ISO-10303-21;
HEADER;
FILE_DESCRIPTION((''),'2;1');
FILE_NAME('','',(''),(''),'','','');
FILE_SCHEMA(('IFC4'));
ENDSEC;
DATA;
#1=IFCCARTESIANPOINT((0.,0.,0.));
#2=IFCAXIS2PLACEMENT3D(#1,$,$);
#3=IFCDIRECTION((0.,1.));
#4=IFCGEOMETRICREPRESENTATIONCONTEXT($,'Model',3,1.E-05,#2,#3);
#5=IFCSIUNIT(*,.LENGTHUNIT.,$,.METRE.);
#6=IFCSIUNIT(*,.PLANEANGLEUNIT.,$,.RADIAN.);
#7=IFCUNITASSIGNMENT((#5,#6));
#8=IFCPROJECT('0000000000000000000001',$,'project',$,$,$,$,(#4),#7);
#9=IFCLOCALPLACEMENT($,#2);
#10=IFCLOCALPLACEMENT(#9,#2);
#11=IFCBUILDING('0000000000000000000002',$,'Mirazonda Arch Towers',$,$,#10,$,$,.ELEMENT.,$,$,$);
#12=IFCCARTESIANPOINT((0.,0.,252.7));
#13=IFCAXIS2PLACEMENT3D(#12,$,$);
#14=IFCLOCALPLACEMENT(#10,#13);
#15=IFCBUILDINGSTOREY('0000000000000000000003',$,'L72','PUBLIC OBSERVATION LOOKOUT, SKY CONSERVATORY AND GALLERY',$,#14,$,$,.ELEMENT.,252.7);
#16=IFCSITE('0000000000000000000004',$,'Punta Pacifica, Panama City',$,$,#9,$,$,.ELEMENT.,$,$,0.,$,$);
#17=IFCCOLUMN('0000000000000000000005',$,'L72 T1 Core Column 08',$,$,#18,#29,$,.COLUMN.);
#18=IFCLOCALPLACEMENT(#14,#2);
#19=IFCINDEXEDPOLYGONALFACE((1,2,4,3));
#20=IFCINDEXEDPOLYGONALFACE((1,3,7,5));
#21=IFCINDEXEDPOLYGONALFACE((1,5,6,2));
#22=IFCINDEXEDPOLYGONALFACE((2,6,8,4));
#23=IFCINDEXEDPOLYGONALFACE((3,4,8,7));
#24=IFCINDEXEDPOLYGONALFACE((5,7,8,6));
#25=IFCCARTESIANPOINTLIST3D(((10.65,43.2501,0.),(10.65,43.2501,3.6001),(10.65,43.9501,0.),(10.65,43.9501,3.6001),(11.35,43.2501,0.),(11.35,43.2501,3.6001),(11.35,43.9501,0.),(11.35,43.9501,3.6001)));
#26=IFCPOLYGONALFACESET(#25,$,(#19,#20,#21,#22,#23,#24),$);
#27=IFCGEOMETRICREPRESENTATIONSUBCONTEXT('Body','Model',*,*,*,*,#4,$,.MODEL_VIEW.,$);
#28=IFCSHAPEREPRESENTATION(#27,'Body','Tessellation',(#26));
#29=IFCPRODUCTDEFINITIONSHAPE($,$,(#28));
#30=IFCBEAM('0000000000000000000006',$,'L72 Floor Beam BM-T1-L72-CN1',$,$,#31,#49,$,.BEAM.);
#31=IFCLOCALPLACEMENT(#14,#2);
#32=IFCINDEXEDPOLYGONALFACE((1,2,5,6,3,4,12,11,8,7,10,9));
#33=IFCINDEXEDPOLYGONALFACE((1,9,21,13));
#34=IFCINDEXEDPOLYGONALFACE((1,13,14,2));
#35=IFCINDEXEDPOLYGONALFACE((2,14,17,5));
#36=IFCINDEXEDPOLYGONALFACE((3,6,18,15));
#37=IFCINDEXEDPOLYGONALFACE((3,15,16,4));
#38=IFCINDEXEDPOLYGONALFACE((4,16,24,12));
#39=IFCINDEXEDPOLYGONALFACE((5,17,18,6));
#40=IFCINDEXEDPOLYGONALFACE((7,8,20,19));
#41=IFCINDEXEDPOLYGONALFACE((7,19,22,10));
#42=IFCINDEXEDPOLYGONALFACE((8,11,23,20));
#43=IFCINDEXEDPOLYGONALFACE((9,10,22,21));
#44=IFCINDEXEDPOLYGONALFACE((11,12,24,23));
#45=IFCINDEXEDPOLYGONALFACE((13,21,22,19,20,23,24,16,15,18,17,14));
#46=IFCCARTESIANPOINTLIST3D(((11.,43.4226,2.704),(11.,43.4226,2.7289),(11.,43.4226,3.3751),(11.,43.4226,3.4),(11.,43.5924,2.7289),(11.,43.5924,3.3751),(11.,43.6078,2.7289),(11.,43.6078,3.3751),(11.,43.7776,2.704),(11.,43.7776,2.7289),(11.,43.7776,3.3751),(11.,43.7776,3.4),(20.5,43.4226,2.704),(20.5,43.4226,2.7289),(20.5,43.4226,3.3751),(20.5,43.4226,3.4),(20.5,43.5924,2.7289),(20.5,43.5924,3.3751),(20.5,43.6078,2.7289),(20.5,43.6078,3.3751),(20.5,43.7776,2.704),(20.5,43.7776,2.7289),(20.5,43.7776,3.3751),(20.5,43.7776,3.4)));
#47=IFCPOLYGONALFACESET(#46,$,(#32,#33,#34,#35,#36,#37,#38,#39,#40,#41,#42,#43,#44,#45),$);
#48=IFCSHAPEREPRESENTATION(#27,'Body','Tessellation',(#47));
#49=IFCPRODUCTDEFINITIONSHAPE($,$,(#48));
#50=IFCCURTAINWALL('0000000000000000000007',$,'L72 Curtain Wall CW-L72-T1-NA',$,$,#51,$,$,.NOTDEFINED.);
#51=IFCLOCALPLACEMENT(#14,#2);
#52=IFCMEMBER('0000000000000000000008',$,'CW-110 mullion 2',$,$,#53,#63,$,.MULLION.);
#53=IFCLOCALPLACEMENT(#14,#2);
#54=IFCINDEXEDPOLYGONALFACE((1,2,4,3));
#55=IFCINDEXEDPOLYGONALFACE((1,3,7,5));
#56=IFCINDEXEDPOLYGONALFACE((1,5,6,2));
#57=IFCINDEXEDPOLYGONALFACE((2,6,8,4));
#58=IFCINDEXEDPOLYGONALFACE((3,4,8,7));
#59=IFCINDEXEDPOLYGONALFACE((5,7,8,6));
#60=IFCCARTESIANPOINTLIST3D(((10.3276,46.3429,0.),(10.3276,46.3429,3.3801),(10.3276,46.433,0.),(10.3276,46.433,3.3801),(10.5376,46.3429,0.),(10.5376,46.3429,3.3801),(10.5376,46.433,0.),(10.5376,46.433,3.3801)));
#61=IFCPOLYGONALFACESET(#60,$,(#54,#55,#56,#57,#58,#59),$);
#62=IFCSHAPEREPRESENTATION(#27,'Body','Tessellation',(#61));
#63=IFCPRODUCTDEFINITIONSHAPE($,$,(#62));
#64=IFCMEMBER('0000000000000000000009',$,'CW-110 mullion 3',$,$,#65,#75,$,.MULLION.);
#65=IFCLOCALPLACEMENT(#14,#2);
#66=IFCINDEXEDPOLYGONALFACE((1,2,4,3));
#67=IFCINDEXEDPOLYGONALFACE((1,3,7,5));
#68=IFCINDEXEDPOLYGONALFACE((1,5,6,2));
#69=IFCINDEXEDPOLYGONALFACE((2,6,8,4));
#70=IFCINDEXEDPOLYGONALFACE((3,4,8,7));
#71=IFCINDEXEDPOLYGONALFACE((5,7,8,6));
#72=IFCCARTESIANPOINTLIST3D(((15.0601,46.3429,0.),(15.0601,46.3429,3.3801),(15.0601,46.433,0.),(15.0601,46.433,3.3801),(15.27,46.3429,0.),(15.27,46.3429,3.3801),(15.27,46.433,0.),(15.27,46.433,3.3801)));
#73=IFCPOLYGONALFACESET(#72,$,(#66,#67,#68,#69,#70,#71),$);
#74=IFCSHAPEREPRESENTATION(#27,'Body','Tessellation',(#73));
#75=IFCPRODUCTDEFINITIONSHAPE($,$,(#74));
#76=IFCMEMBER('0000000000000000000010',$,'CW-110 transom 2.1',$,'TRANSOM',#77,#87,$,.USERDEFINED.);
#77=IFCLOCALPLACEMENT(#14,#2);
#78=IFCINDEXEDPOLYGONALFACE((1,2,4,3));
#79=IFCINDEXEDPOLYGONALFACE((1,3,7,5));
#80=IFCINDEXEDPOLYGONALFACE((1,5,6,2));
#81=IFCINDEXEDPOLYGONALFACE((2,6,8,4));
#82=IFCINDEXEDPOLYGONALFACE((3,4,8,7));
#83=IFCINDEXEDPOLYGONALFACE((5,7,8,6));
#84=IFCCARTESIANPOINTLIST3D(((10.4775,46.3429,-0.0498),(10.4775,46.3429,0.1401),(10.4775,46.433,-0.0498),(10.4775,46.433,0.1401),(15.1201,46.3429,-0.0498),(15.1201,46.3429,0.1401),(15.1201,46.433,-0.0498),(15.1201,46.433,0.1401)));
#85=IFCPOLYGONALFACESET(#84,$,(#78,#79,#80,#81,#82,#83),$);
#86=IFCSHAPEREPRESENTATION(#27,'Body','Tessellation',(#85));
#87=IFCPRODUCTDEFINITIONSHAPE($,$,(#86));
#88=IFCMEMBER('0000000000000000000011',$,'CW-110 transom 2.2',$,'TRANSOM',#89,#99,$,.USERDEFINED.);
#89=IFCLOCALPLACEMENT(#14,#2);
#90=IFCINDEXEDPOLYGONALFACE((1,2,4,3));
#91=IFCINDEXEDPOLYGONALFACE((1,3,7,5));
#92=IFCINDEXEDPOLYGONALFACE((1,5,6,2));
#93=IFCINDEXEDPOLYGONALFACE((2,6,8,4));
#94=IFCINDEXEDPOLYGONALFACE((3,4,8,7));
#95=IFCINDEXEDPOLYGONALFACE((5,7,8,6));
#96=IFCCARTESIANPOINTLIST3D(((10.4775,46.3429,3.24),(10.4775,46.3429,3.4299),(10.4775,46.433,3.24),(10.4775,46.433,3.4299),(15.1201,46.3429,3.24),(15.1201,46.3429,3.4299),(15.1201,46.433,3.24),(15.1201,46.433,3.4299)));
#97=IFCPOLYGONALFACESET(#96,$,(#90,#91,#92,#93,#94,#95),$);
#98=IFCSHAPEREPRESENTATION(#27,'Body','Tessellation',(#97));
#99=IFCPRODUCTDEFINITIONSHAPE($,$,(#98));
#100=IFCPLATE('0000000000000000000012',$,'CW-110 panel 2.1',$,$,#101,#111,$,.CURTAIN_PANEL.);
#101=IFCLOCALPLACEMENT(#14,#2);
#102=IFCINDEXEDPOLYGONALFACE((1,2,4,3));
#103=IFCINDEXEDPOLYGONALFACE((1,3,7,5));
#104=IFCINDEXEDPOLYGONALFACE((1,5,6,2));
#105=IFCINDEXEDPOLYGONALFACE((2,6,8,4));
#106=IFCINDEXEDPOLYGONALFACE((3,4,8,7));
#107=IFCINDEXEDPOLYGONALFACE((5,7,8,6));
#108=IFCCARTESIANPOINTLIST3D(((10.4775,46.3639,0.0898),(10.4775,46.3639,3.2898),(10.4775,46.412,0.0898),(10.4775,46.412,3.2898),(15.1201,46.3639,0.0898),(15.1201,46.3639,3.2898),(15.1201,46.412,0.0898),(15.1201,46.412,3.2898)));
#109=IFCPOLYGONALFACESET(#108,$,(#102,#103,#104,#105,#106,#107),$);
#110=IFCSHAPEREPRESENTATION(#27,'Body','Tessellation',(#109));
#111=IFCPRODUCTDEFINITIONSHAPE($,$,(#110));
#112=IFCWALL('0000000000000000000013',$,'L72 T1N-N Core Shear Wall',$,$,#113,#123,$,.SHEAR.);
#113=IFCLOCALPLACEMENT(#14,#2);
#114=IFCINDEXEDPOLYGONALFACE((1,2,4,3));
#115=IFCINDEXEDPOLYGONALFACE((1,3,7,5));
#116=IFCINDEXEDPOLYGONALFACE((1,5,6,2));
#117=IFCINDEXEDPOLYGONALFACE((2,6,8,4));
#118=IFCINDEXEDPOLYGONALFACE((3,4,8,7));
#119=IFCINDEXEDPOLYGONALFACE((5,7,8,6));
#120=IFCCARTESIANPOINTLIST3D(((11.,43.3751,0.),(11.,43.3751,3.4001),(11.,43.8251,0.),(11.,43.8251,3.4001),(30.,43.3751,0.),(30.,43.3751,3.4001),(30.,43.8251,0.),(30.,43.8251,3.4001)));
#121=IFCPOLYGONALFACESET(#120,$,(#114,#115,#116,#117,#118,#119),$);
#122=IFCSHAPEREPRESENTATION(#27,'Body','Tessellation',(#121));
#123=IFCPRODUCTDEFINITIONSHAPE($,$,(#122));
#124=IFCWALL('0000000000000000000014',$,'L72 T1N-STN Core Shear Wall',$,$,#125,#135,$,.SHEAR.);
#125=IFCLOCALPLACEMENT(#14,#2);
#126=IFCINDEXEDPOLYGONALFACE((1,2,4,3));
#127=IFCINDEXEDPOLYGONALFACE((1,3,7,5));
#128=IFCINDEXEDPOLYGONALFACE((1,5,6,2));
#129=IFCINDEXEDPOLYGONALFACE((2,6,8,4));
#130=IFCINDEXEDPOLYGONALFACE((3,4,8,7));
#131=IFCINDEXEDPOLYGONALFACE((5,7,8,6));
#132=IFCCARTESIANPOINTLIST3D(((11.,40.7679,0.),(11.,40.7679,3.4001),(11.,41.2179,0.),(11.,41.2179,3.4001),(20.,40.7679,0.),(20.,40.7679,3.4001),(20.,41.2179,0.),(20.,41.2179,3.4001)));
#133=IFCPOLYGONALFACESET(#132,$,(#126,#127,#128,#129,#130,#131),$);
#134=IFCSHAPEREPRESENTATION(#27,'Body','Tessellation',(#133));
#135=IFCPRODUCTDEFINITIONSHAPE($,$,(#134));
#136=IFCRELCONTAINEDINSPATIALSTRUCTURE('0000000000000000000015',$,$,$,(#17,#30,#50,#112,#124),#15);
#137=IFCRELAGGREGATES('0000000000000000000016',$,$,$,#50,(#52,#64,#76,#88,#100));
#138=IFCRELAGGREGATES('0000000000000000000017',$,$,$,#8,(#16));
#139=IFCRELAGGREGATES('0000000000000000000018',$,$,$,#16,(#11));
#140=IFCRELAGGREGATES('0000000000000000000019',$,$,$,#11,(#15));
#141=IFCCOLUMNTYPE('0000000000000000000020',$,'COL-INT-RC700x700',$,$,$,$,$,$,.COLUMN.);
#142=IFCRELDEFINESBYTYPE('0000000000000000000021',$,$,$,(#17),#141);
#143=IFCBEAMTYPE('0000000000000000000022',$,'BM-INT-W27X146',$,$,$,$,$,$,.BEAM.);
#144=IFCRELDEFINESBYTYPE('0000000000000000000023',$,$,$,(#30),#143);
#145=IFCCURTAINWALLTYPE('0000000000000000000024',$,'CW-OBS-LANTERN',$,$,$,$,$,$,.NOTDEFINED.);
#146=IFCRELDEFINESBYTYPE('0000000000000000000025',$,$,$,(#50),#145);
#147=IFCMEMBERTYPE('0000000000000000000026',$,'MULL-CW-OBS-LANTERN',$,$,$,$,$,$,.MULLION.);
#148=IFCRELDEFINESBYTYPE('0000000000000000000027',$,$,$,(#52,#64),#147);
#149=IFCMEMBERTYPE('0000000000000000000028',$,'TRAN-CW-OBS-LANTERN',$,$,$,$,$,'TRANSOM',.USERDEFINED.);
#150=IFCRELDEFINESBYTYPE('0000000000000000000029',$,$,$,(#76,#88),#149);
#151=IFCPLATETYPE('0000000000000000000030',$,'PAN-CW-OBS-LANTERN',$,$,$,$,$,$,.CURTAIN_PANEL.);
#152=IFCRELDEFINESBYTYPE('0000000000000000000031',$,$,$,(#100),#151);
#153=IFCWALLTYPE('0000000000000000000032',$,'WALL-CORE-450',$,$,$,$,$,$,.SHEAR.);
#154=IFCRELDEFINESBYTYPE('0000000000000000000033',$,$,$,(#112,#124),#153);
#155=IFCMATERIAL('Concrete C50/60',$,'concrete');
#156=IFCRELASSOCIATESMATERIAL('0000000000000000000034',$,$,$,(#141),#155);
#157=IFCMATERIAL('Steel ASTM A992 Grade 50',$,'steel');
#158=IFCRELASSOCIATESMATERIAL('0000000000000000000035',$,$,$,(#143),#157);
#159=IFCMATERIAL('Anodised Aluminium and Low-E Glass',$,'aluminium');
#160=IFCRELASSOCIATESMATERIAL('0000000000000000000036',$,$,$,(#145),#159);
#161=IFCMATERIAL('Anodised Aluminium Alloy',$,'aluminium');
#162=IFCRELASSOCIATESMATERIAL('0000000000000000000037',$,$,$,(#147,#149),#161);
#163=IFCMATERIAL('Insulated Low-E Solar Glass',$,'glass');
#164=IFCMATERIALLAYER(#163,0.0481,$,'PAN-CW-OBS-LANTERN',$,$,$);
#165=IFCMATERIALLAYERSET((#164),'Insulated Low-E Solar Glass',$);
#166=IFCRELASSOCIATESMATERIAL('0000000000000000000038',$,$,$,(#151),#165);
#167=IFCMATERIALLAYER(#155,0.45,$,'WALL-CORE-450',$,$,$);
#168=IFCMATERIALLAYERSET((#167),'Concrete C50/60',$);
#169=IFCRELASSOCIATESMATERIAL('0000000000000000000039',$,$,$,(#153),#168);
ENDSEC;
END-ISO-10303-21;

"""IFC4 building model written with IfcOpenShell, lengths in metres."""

from ifc_helpers import new_model, si_unit, direction, frame, frame_2d, origin, origin_2d, place, context, subcontext, project, spatial, rectangle, i_section, extrude, material, layer, layer_set, material_profile, profile_set, type_object, element, aggregate, save


model = new_model("IFC4")

# Units and contexts
model_context = context("Model", 3, precision=1e-05, world=origin(), true_north=direction((0.0, 1.0)))
body_context = subcontext(model_context, "Body", "Model", "MODEL_VIEW")
ifc_project = project(units=[si_unit("LENGTHUNIT", "METRE"), si_unit("PLANEANGLEUNIT", "RADIAN")], contexts=[model_context])

# Site, building, storey
site_placement = place(None, origin())
site = spatial("IfcSite", under=ifc_project, at=site_placement, Name="Punta Pacifica, Panama City", CompositionType="ELEMENT", RefElevation=0.0)
building_placement = place(site_placement, origin())
building = spatial("IfcBuilding", under=site, at=building_placement, Name="Mirazonda Arch Towers", CompositionType="ELEMENT")
storey_placement = place(building_placement, frame((0.0, 0.0, 252.7)))
storey = spatial("IfcBuildingStorey", under=building, at=storey_placement, Name="L72", Description="PUBLIC OBSERVATION LOOKOUT, SKY CONSERVATORY AND GALLERY", CompositionType="ELEMENT", Elevation=252.7)

# Column
ifc_material_1 = material(Name="Concrete C50/60", Category="concrete")
ifc_material_profile_1 = material_profile(ifc_material_1, rectangle(XDim=0.7, YDim=0.7, at=origin_2d()), Name="RC700x700")
ifc_profile_set_1 = profile_set([ifc_material_profile_1], Name="Concrete C50/60")
column_type = type_object("IfcColumnType", Name="COL-INT-RC700x700", PredefinedType="COLUMN", material=ifc_profile_set_1)
column_placement = place(storey_placement, frame((11.0, 43.6001, 0.0), z_axis=(0.0, 0.0, 1.0), x_axis=(1.0, 0.0, 0.0)))
element("IfcColumn", 1, at=column_placement, inside=storey, type_object=column_type, Name="L72 T1 Core Column 08", PredefinedType="COLUMN", context=body_context, shape_type="SweptSolid", body=[
    extrude(rectangle(XDim=0.7, YDim=0.7, at=origin_2d()), origin(), (0.0, 0.0, 1.0), 3.6001),
])

# Beam
ifc_material_2 = material(Name="Steel ASTM A992 Grade 50", Category="steel")
ifc_material_profile_2 = material_profile(ifc_material_2, i_section(OverallWidth=0.355, OverallDepth=0.696, WebThickness=0.0154, FlangeThickness=0.0249, at=origin_2d()), Name="W27X146")
ifc_profile_set_2 = profile_set([ifc_material_profile_2], Name="Steel ASTM A992 Grade 50")
beam_type = type_object("IfcBeamType", Name="BM-INT-W27X146", PredefinedType="BEAM", material=ifc_profile_set_2)
beam_placement = place(storey_placement, frame((11.0, 43.6001, 3.052), z_axis=(1.0, 0.0, 0.0), x_axis=(0.0, 1.0, 0.0)))
element("IfcBeam", 2, at=beam_placement, inside=storey, type_object=beam_type, Name="L72 Floor Beam BM-T1-L72-CN1", PredefinedType="BEAM", context=body_context, shape_type="SweptSolid", body=[
    extrude(i_section(OverallWidth=0.355, OverallDepth=0.696, WebThickness=0.0154, FlangeThickness=0.0249, at=origin_2d()), origin(), (0.0, 0.0, 1.0), 9.5),
])

# Curtain wall, members, plate
ifc_material_3 = material(Name="Anodised Aluminium and Low-E Glass", Category="aluminium")
curtain_wall_type = type_object("IfcCurtainWallType", Name="CW-OBS-LANTERN", PredefinedType="NOTDEFINED", material=ifc_material_3)
curtain_wall_placement = place(storey_placement, origin())
curtain_wall = element("IfcCurtainWall", 3, at=curtain_wall_placement, inside=storey, type_object=curtain_wall_type, Name="L72 Curtain Wall CW-L72-T1-NA", PredefinedType="NOTDEFINED")
ifc_material_4 = material(Name="Anodised Aluminium Alloy", Category="aluminium")
ifc_material_profile_3 = material_profile(ifc_material_4, rectangle(XDim=0.0901, YDim=0.21, at=origin_2d()), Name="ALU-MULL-90x210")
ifc_profile_set_3 = profile_set([ifc_material_profile_3], Name="Anodised Aluminium Alloy")
member_type_1 = type_object("IfcMemberType", Name="MULL-CW-OBS-LANTERN", PredefinedType="MULLION", material=ifc_profile_set_3)
member_1_placement = place(storey_placement, frame((10.4326, 46.3879, 0.0), z_axis=(0.0, 0.0, 1.0), x_axis=(0.0, 1.0, 0.0)))
member_1 = element("IfcMember", 4, at=member_1_placement, type_object=member_type_1, Name="CW-110 mullion 2", PredefinedType="MULLION", context=body_context, shape_type="SweptSolid", body=[
    extrude(rectangle(XDim=0.0901, YDim=0.21, at=origin_2d()), origin(), (0.0, 0.0, 1.0), 3.3801),
])
member_2_placement = place(storey_placement, frame((15.165, 46.3879, 0.0), z_axis=(0.0, 0.0, 1.0), x_axis=(0.0, 1.0, 0.0)))
member_2 = element("IfcMember", 5, at=member_2_placement, type_object=member_type_1, Name="CW-110 mullion 3", PredefinedType="MULLION", context=body_context, shape_type="SweptSolid", body=[
    extrude(rectangle(XDim=0.0901, YDim=0.21, at=origin_2d()), origin(), (0.0, 0.0, 1.0), 3.3801),
])
ifc_material_profile_4 = material_profile(ifc_material_4, rectangle(XDim=0.0901, YDim=0.1899, at=origin_2d()), Name="ALU-TRAN-90x190")
ifc_profile_set_4 = profile_set([ifc_material_profile_4], Name="Anodised Aluminium Alloy")
member_type_2 = type_object("IfcMemberType", Name="TRAN-CW-OBS-LANTERN", ElementType="TRANSOM", PredefinedType="USERDEFINED", material=ifc_profile_set_4)
member_3_placement = place(storey_placement, frame((10.4775, 46.3879, 0.0452), z_axis=(1.0, 0.0, 0.0), x_axis=(0.0, 1.0, 0.0)))
member_3 = element("IfcMember", 6, at=member_3_placement, type_object=member_type_2, Name="CW-110 transom 2.1", ObjectType="TRANSOM", PredefinedType="USERDEFINED", context=body_context, shape_type="SweptSolid", body=[
    extrude(rectangle(XDim=0.0901, YDim=0.1899, at=origin_2d()), origin(), (0.0, 0.0, 1.0), 4.6426),
])
member_4_placement = place(storey_placement, frame((10.4775, 46.3879, 3.335), z_axis=(1.0, 0.0, 0.0), x_axis=(0.0, 1.0, 0.0)))
member_4 = element("IfcMember", 7, at=member_4_placement, type_object=member_type_2, Name="CW-110 transom 2.2", ObjectType="TRANSOM", PredefinedType="USERDEFINED", context=body_context, shape_type="SweptSolid", body=[
    extrude(rectangle(XDim=0.0901, YDim=0.1899, at=origin_2d()), origin(), (0.0, 0.0, 1.0), 4.6426),
])
ifc_material_5 = material(Name="Insulated Low-E Solar Glass", Category="glass")
ifc_layer_1 = layer(ifc_material_5, 0.0481, Name="PAN-CW-OBS-LANTERN")
ifc_layer_set_1 = layer_set([ifc_layer_1], Name="Insulated Low-E Solar Glass")
plate_type = type_object("IfcPlateType", Name="PAN-CW-OBS-LANTERN", PredefinedType="CURTAIN_PANEL", material=ifc_layer_set_1)
plate_placement = place(storey_placement, frame((12.7988, 46.3879, 0.0898), z_axis=(0.0, 0.0, 1.0), x_axis=(1.0, 0.0, 0.0)))
plate = element("IfcPlate", 8, at=plate_placement, type_object=plate_type, Name="CW-110 panel 2.1", PredefinedType="CURTAIN_PANEL", context=body_context, shape_type="SweptSolid", body=[
    extrude(rectangle(XDim=4.6426, YDim=0.0481, at=origin_2d()), origin(), (0.0, 0.0, 1.0), 3.2),
])
aggregate(curtain_wall, [member_1, member_2, member_3, member_4, plate])

# Walls
ifc_layer_2 = layer(ifc_material_1, 0.45, Name="WALL-CORE-450")
ifc_layer_set_2 = layer_set([ifc_layer_2], Name="Concrete C50/60")
wall_type_1 = type_object("IfcWallType", Name="WALL-CORE-450", PredefinedType="SHEAR", material=ifc_layer_set_2)
wall_1_placement = place(storey_placement, frame((11.0, 43.6001, 0.0), z_axis=(0.0, 0.0, 1.0), x_axis=(1.0, 0.0, 0.0)))
element("IfcWall", 9, at=wall_1_placement, inside=storey, type_object=wall_type_1, Name="L72 T1N-N Core Shear Wall", PredefinedType="SHEAR", context=body_context, shape_type="SweptSolid", body=[
    extrude(rectangle(XDim=19.0, YDim=0.45, at=frame_2d((9.5, 0.0))), origin(), (0.0, 0.0, 1.0), 3.4001),
])
wall_2_placement = place(storey_placement, frame((11.0, 40.9929, 0.0), z_axis=(0.0, 0.0, 1.0), x_axis=(1.0, 0.0, 0.0)))
element("IfcWall", 10, at=wall_2_placement, inside=storey, type_object=wall_type_1, Name="L72 T1N-STN Core Shear Wall", PredefinedType="SHEAR", context=body_context, shape_type="SweptSolid", body=[
    extrude(rectangle(XDim=9.0, YDim=0.45, at=frame_2d((4.5, 0.0))), origin(), (0.0, 0.0, 1.0), 3.4001),
])

save(model, "model.ifc")
